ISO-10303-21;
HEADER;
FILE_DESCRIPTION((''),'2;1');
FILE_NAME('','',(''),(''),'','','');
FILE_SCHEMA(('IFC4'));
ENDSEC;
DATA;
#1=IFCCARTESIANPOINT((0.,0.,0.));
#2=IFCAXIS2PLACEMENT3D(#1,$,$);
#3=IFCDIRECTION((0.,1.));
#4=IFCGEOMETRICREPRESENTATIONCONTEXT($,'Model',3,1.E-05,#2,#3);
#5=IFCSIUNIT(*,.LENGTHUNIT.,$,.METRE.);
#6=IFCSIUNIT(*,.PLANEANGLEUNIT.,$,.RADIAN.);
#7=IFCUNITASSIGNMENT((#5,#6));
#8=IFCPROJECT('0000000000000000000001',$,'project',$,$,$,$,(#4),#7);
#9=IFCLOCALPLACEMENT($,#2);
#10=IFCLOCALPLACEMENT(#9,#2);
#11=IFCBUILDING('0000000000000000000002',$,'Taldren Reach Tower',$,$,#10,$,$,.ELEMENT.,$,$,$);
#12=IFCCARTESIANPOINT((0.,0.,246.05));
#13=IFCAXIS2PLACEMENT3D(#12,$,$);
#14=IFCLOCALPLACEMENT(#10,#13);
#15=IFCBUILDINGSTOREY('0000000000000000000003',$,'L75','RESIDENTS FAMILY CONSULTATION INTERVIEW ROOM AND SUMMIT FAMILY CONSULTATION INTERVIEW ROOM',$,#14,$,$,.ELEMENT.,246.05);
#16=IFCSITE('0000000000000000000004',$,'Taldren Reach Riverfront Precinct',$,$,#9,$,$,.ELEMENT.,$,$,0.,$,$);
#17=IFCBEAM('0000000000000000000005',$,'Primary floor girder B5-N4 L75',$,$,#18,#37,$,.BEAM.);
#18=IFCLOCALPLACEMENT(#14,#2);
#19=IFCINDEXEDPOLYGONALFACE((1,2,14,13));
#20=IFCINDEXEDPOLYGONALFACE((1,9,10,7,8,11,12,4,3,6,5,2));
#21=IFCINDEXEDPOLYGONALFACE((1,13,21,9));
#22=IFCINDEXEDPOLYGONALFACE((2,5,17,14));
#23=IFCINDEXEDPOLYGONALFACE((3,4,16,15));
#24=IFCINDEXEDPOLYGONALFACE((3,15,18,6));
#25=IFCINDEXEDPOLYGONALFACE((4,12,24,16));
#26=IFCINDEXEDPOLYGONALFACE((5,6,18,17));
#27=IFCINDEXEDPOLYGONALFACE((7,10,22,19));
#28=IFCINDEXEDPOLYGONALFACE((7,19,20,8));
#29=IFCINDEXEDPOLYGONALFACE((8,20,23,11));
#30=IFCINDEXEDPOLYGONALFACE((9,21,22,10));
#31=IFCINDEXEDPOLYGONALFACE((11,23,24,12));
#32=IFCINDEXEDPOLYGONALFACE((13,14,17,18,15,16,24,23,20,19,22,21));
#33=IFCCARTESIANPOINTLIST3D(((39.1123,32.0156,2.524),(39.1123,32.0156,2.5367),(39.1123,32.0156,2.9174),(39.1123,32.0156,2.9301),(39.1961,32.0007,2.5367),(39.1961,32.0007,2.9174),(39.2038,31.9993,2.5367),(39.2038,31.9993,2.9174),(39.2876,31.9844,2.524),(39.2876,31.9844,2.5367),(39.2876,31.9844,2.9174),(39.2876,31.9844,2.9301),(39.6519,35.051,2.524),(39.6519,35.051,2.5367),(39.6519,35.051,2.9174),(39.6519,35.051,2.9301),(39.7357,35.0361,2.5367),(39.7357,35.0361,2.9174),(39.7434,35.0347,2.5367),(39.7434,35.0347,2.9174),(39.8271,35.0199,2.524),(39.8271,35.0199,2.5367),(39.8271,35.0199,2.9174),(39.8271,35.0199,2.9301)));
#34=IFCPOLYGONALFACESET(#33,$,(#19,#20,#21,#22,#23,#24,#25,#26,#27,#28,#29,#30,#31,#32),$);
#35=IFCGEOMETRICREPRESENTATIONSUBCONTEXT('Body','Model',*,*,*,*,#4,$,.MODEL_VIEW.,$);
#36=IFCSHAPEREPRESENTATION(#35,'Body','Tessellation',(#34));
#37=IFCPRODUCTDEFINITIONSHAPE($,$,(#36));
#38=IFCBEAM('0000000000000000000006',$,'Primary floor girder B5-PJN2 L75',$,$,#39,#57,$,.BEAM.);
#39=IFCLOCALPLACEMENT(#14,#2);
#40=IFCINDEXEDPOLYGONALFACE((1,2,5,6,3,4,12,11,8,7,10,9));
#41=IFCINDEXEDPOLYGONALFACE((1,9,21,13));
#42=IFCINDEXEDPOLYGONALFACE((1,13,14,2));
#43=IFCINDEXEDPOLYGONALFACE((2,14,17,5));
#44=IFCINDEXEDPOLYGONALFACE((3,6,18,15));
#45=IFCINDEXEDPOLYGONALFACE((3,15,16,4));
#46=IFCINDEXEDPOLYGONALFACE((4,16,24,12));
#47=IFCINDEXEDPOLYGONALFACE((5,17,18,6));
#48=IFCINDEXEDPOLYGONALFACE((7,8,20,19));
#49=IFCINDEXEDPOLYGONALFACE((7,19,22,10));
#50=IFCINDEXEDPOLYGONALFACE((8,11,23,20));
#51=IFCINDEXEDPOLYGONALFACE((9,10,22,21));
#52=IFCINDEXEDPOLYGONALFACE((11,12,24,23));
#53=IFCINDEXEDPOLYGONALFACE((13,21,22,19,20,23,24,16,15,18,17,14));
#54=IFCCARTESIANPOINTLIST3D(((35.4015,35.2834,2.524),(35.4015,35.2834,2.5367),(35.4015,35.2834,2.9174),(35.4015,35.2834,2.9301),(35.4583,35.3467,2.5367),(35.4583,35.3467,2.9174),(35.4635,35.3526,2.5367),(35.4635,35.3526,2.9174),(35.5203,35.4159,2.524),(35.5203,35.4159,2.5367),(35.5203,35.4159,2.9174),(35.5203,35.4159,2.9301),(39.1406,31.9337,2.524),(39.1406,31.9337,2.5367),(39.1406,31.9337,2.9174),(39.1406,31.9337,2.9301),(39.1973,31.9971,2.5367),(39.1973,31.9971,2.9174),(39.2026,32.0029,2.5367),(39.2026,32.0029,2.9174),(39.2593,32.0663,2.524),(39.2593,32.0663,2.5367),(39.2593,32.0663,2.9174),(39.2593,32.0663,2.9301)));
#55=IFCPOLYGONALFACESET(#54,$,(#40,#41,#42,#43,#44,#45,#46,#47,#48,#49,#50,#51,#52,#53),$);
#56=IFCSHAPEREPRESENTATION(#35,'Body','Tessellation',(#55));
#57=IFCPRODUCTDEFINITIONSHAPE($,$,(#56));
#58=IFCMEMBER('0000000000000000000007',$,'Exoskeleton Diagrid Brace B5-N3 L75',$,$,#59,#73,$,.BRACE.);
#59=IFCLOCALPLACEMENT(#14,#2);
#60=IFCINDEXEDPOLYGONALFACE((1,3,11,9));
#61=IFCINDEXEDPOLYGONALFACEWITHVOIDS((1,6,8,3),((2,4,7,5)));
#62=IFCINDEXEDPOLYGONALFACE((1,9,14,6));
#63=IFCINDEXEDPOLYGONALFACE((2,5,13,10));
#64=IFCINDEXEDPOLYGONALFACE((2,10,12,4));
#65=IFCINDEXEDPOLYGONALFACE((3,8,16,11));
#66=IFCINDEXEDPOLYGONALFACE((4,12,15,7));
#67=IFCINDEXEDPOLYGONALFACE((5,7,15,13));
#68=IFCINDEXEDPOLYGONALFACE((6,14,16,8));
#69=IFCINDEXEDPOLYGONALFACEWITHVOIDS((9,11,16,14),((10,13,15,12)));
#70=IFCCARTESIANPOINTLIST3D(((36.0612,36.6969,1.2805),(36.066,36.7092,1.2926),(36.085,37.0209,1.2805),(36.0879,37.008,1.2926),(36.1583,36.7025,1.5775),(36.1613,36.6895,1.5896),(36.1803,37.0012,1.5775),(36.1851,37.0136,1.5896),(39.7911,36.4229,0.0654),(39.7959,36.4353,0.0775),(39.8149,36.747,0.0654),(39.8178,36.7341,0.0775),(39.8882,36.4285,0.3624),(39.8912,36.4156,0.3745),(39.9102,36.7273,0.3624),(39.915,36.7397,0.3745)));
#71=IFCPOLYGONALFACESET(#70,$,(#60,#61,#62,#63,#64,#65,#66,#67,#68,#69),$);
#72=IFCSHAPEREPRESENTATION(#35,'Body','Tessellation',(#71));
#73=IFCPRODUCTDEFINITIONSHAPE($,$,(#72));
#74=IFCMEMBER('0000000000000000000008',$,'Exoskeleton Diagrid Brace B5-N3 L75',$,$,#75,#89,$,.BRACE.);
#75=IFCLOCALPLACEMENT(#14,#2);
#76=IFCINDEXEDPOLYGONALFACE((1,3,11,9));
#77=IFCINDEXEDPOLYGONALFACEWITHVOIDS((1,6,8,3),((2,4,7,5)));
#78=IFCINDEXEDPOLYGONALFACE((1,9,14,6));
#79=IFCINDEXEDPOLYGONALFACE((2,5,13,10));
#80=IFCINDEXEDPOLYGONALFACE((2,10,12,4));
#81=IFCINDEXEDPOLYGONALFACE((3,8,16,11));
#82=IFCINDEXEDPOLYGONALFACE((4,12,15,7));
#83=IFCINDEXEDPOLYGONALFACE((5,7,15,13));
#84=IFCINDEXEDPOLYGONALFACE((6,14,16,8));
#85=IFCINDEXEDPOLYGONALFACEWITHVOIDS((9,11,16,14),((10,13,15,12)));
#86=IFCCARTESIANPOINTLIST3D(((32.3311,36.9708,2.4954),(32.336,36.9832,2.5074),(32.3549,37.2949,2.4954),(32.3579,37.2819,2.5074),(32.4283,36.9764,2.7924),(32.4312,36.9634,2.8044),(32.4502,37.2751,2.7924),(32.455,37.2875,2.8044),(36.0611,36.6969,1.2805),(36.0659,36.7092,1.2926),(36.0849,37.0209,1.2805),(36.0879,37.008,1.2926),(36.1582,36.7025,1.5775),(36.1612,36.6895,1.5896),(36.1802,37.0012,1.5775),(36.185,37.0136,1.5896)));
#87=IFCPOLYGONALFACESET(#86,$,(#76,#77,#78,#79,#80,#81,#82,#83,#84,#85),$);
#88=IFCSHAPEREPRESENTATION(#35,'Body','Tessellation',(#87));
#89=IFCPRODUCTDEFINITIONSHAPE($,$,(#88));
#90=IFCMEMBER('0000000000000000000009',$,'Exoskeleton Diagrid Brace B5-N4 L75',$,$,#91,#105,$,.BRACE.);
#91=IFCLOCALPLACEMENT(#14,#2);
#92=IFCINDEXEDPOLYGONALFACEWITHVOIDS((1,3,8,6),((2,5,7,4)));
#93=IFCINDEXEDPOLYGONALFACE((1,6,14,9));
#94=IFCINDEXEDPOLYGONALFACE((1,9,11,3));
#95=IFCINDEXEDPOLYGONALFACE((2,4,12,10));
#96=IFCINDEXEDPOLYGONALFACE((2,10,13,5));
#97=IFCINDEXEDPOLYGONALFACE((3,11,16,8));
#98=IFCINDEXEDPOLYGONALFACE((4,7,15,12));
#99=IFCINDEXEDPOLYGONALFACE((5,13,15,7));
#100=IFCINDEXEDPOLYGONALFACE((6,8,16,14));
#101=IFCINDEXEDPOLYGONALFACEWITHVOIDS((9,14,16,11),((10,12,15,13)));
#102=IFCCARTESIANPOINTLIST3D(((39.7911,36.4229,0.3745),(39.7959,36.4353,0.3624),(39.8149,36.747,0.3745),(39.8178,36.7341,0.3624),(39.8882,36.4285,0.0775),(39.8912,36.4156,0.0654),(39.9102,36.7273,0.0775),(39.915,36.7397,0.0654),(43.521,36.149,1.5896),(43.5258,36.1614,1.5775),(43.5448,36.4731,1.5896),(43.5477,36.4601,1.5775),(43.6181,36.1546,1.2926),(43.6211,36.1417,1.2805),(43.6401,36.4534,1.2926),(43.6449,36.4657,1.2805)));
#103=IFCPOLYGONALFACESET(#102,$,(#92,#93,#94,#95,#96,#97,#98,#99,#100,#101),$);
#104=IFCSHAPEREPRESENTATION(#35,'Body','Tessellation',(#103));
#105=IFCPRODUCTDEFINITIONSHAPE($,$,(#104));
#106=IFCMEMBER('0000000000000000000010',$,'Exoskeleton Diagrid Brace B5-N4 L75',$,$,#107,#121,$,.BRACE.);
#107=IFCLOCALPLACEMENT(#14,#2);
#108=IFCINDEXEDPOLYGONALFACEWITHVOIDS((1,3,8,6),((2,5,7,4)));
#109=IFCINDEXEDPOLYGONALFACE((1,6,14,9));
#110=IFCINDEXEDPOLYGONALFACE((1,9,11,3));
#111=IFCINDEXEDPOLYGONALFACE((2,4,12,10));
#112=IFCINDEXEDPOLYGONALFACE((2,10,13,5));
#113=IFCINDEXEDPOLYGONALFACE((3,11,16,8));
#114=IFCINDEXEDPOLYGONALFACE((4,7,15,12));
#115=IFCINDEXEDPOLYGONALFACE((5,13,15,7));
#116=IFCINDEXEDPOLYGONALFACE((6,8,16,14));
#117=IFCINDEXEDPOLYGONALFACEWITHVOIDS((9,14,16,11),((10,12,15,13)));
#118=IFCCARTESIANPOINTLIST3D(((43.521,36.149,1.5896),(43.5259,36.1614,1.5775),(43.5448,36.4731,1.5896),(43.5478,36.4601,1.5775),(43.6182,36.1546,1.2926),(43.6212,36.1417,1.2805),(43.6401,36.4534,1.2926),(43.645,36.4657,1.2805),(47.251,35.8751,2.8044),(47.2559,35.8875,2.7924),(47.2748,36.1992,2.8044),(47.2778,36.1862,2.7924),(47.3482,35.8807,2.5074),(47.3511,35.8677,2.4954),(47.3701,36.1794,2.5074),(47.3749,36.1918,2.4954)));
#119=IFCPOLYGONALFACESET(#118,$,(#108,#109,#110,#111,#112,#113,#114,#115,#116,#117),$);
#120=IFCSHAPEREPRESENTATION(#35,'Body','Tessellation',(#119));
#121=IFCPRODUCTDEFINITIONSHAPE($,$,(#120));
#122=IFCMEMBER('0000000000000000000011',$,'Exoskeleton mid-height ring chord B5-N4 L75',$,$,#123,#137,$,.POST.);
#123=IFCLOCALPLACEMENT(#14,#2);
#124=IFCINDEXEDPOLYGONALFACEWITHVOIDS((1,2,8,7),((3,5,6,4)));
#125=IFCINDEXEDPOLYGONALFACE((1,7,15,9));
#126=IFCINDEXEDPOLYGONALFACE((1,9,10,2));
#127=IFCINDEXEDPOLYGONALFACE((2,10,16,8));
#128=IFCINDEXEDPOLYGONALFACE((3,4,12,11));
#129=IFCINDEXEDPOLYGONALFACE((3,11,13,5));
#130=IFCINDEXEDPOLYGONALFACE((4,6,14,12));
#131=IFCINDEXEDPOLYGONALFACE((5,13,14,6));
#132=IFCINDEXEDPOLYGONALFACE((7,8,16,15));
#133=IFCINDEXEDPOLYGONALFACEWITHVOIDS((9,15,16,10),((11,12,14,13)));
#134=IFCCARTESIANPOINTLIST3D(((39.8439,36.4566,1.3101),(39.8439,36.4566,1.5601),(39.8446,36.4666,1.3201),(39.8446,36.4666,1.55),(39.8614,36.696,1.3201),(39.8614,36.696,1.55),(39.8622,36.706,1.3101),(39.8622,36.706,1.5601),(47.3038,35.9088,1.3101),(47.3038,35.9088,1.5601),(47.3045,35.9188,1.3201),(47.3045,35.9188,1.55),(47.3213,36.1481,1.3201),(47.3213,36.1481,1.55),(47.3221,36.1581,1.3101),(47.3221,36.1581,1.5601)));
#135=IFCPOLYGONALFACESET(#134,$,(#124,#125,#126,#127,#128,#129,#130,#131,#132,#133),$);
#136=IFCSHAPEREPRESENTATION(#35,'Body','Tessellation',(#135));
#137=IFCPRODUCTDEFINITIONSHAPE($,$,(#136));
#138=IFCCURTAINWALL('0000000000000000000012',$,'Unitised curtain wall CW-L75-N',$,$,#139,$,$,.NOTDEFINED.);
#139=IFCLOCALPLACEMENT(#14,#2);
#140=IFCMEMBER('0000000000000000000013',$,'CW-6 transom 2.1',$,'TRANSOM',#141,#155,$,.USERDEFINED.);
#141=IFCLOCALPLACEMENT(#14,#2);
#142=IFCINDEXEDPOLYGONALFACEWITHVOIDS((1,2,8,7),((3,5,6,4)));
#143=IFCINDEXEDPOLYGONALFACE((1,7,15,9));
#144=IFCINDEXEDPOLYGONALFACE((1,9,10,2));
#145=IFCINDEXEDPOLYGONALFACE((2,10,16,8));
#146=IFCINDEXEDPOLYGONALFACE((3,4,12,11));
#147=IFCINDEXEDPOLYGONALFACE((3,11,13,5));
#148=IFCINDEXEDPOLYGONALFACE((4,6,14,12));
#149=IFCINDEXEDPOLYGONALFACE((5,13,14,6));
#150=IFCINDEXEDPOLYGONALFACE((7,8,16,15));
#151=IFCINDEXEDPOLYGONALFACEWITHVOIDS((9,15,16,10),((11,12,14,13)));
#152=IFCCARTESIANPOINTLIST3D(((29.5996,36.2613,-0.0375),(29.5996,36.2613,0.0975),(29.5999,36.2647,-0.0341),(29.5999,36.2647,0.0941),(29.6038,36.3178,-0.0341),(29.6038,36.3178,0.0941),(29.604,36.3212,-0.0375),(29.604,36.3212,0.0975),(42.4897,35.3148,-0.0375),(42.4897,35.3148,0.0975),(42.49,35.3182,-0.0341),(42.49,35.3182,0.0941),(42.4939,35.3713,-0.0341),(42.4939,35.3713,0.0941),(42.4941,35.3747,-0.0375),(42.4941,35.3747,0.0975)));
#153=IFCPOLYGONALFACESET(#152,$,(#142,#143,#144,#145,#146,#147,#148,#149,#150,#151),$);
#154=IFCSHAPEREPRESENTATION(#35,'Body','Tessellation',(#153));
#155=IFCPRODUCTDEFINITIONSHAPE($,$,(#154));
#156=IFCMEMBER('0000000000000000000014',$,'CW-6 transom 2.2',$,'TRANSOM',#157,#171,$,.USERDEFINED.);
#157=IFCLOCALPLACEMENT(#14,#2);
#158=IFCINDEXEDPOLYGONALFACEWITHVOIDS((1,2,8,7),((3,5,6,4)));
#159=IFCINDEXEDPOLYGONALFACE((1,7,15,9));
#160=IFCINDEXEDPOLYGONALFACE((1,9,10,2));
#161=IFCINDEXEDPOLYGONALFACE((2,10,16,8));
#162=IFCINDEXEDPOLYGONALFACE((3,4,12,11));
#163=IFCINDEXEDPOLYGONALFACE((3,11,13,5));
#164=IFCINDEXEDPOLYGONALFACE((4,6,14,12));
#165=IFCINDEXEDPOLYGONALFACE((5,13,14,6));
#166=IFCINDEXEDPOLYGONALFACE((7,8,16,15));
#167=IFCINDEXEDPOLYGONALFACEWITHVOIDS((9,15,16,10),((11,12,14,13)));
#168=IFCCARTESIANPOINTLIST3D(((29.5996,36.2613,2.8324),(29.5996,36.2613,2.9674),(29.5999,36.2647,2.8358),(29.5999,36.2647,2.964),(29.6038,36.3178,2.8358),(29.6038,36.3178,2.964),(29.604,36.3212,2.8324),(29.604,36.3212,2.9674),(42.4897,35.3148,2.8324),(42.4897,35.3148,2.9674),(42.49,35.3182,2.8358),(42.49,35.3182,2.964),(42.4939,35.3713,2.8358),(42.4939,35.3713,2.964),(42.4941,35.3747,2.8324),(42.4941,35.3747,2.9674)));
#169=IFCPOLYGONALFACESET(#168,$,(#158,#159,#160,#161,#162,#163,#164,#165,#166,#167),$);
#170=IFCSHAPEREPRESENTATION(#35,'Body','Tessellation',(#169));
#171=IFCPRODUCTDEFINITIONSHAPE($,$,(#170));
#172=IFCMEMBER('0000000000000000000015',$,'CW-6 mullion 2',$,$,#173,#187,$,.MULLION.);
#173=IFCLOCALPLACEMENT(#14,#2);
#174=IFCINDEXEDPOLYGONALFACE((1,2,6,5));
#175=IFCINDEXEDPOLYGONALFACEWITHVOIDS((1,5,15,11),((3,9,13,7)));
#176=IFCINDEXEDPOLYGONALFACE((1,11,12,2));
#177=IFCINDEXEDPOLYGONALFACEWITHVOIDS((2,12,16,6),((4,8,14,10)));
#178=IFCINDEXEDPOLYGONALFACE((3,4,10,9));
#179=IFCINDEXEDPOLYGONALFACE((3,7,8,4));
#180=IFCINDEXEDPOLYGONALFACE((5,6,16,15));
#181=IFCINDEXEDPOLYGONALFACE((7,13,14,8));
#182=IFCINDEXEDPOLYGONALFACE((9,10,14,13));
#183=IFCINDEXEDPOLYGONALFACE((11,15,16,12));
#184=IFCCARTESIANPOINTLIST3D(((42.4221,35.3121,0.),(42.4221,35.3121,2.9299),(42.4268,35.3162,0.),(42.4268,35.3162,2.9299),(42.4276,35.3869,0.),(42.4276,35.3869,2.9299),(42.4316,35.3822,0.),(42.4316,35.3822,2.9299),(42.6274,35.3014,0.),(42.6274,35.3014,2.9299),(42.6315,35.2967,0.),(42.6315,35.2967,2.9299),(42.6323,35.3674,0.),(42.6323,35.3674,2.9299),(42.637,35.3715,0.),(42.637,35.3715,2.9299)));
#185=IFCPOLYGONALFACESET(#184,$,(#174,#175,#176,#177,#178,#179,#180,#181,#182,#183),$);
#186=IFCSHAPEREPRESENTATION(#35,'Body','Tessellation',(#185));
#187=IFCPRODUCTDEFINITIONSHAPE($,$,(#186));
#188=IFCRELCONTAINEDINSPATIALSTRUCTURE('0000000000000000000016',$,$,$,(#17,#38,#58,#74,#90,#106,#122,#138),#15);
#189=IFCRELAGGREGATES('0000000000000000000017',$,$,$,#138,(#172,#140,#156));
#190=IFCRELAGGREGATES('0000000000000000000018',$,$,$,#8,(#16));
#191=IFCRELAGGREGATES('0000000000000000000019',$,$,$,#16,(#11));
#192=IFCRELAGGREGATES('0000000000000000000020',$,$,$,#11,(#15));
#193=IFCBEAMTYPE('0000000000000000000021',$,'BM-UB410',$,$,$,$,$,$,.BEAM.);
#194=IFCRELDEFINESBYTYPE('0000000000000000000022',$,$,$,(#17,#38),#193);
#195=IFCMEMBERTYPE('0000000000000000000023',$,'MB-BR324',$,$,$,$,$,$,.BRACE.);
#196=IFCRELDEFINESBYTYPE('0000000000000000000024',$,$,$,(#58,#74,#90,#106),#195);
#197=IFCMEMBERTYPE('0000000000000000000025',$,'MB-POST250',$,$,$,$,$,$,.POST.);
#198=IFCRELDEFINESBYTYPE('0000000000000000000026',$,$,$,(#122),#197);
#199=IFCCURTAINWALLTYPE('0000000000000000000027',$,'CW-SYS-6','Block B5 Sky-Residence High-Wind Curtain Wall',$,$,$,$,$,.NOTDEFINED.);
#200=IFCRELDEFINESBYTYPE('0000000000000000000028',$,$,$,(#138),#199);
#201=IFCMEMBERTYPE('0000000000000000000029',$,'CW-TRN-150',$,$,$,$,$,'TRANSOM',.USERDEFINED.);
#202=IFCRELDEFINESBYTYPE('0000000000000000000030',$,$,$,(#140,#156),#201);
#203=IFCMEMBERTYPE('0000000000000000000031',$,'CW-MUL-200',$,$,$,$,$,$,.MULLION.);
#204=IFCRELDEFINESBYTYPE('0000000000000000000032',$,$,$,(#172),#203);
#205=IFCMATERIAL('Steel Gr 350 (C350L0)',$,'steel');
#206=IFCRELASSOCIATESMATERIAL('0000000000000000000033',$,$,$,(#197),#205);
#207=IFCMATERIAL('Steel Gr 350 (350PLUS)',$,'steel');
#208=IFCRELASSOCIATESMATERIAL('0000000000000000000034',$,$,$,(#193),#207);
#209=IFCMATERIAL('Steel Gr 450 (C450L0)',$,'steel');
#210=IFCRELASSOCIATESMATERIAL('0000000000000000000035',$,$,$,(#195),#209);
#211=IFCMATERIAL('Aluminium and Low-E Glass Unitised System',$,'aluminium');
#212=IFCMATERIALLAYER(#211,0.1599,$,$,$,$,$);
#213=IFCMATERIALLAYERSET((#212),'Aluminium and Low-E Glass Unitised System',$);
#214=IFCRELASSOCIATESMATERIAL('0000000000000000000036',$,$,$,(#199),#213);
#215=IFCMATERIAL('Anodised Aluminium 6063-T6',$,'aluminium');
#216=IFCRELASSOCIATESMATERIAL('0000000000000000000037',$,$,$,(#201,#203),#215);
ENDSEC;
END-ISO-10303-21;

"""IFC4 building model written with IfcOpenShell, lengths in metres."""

from ifc_helpers import new_model, si_unit, direction, frame, origin, origin_2d, place, context, subcontext, project, spatial, hollow_rectangle, i_section, extrude, source, transform, mapped, material, layer, layer_set, material_profile, profile_set, type_object, element, aggregate, save


model = new_model("IFC4")

# Units and contexts
model_context = context("Model", 3, precision=1e-05, world=origin(), true_north=direction((0.0, 1.0)))
body_context = subcontext(model_context, "Body", "Model", "MODEL_VIEW")
ifc_project = project(units=[si_unit("LENGTHUNIT", "METRE"), si_unit("PLANEANGLEUNIT", "RADIAN")], contexts=[model_context])

# Site, building, storey
site_placement = place(None, origin())
site = spatial("IfcSite", under=ifc_project, at=site_placement, Name="Taldren Reach Riverfront Precinct", CompositionType="ELEMENT", RefElevation=0.0)
building_placement = place(site_placement, origin())
building = spatial("IfcBuilding", under=site, at=building_placement, Name="Taldren Reach Tower", CompositionType="ELEMENT")
storey_placement = place(building_placement, frame((0.0, 0.0, 246.05)))
storey = spatial("IfcBuildingStorey", under=building, at=storey_placement, Name="L75", Description="RESIDENTS FAMILY CONSULTATION INTERVIEW ROOM AND SUMMIT FAMILY CONSULTATION INTERVIEW ROOM", CompositionType="ELEMENT", Elevation=246.05)

# Shared definitions
ifc_material_1 = material(Name="Steel Gr 350 (C350L0)", Category="steel")
ifc_material_2 = material(Name="Steel Gr 350 (350PLUS)", Category="steel")

# Shared definitions
ifc_material_profile_1 = material_profile(ifc_material_1, hollow_rectangle(XDim=0.25, YDim=0.25, WallThickness=0.01, at=origin_2d()), Name="250x250x10.0SHS")
ifc_profile_set_1 = profile_set([ifc_material_profile_1], Name="Steel Gr 350 (C350L0)")
member_type_1 = type_object("IfcMemberType", Name="MB-POST250", PredefinedType="POST", material=ifc_profile_set_1)
ifc_material_3 = material(Name="Steel Gr 450 (C450L0)", Category="steel")

# Beams
ifc_material_profile_2 = material_profile(ifc_material_2, i_section(OverallWidth=0.178, OverallDepth=0.406, WebThickness=0.0078, FlangeThickness=0.0127, at=origin_2d()), Name="410UB59.7")
ifc_profile_set_2 = profile_set([ifc_material_profile_2], Name="Steel Gr 350 (350PLUS)")
beam_type_1 = type_object("IfcBeamType", Name="BM-UB410", PredefinedType="BEAM", material=ifc_profile_set_2)
shared_shape_1 = source(origin(), body_context, "Body", "SweptSolid", [
    extrude(i_section(OverallWidth=0.178, OverallDepth=0.406, WebThickness=0.0078, FlangeThickness=0.0127, at=origin_2d()), origin(), (0.0, 0.0, 1.0), 3.083),
])
beam_1_placement = place(storey_placement, frame((39.2, 32.0, 2.7271), z_axis=(0.175009, 0.984567, 0.0), x_axis=(-0.984567, 0.175009, 0.0)))
element("IfcBeam", 1, at=beam_1_placement, inside=storey, type_object=beam_type_1, Name="Primary floor girder B5-N4 L75", PredefinedType="BEAM", context=body_context, shape_type="MappedRepresentation", body=[
    mapped(shared_shape_1, transform((0.0, 0.0, 0.0), scale=1.0)),
])
shared_shape_2 = source(origin(), body_context, "Body", "SweptSolid", [
    extrude(i_section(OverallWidth=0.178, OverallDepth=0.406, WebThickness=0.0078, FlangeThickness=0.0127, at=origin_2d()), origin(), (0.0, 0.0, 1.0), 5.02),
])
beam_2_placement = place(storey_placement, frame((39.2, 32.0, 2.7271), z_axis=(-0.744828, 0.667257, 0.0), x_axis=(-0.667257, -0.744828, 0.0)))
element("IfcBeam", 2, at=beam_2_placement, inside=storey, type_object=beam_type_1, Name="Primary floor girder B5-PJN2 L75", PredefinedType="BEAM", context=body_context, shape_type="MappedRepresentation", body=[
    mapped(shared_shape_2, transform((0.0, 0.0, 0.0), scale=1.0)),
])

# Members
ifc_material_profile_3 = material_profile(ifc_material_3, hollow_rectangle(XDim=0.325, YDim=0.325, WallThickness=0.0127, at=origin_2d()), Name="325x325x12.7SHS")
ifc_profile_set_3 = profile_set([ifc_material_profile_3], Name="Steel Gr 450 (C450L0)")
member_type_2 = type_object("IfcMemberType", Name="MB-BR324", PredefinedType="BRACE", material=ifc_profile_set_3)
shared_shape_3 = source(origin(), body_context, "Body", "SweptSolid", [
    extrude(hollow_rectangle(XDim=0.325, YDim=0.325, WallThickness=0.0127, at=origin_2d()), origin(), (0.0, 0.0, 1.0), 3.9324),
])
for number, where, z_axis, x_axis, name in (
    (3, (39.853, 36.5813, 0.22), (-0.948511, 0.069658, 0.308989), (-0.073242, -0.997314, 0.0), "Exoskeleton Diagrid Brace B5-N3 L75"),
    (4, (36.123, 36.8552, 1.4351), (-0.948529, 0.069659, 0.308933), (-0.073242, -0.997314, 0.0), "Exoskeleton Diagrid Brace B5-N3 L75"),
    (5, (39.853, 36.5813, 0.22), (0.948511, -0.069658, 0.308989), (0.073242, 0.997314, 0.0), "Exoskeleton Diagrid Brace B5-N4 L75"),
    (6, (43.583, 36.3074, 1.4351), (0.948529, -0.069659, 0.308933), (0.073242, 0.997314, 0.0), "Exoskeleton Diagrid Brace B5-N4 L75"),
):
    element("IfcMember", number, at=place(storey_placement, frame(where, z_axis=z_axis, x_axis=x_axis)), inside=storey, type_object=member_type_2, Name=name, PredefinedType="BRACE", context=body_context, shape_type="MappedRepresentation", body=[
        mapped(shared_shape_3, transform((0.0, 0.0, 0.0), scale=1.0)),
    ])
shared_shape_4 = source(origin(), body_context, "Body", "SweptSolid", [
    extrude(hollow_rectangle(XDim=0.25, YDim=0.25, WallThickness=0.01, at=origin_2d()), origin(), (0.0, 0.0, 1.0), 7.48),
])
member_1_placement = place(storey_placement, frame((39.853, 36.5813, 1.4351), z_axis=(0.997314, -0.073242, 0.0), x_axis=(0.073242, 0.997314, 0.0)))
element("IfcMember", 7, at=member_1_placement, inside=storey, type_object=member_type_1, Name="Exoskeleton mid-height ring chord B5-N4 L75", PredefinedType="POST", context=body_context, shape_type="MappedRepresentation", body=[
    mapped(shared_shape_4, transform((0.0, 0.0, 0.0), scale=1.0)),
])

# Curtain wall, members
ifc_material_4 = material(Name="Aluminium and Low-E Glass Unitised System", Category="aluminium")
ifc_layer_1 = layer(ifc_material_4, 0.1599)
ifc_layer_set_1 = layer_set([ifc_layer_1], Name="Aluminium and Low-E Glass Unitised System")
curtain_wall_type = type_object("IfcCurtainWallType", Name="CW-SYS-6", Description="Block B5 Sky-Residence High-Wind Curtain Wall", PredefinedType="NOTDEFINED", material=ifc_layer_set_1)
curtain_wall_placement = place(storey_placement, origin())
curtain_wall = element("IfcCurtainWall", 8, at=curtain_wall_placement, inside=storey, type_object=curtain_wall_type, Name="Unitised curtain wall CW-L75-N", PredefinedType="NOTDEFINED")
ifc_material_5 = material(Name="Anodised Aluminium 6063-T6", Category="aluminium")
ifc_material_profile_4 = material_profile(ifc_material_5, hollow_rectangle(XDim=0.0601, YDim=0.135, WallThickness=0.0034, at=origin_2d()), Name="ALU-135x60x3.5RHS")
ifc_profile_set_4 = profile_set([ifc_material_profile_4], Name="Anodised Aluminium 6063-T6")
member_type_3 = type_object("IfcMemberType", Name="CW-TRN-150", ElementType="TRANSOM", PredefinedType="USERDEFINED", material=ifc_profile_set_4)
shared_shape_5 = source(origin(), body_context, "Body", "SweptSolid", [
    extrude(hollow_rectangle(XDim=0.0601, YDim=0.135, WallThickness=0.0034, at=origin_2d()), origin(), (0.0, 0.0, 1.0), 12.9248),
])
member_2_placement = place(storey_placement, frame((42.4919, 35.3447, 0.03), z_axis=(-0.997315, 0.073234, 0.0), x_axis=(-0.073234, -0.997315, 0.0)))
member_2 = element("IfcMember", 9, at=member_2_placement, type_object=member_type_3, Name="CW-6 transom 2.1", ObjectType="TRANSOM", PredefinedType="USERDEFINED", context=body_context, shape_type="MappedRepresentation", body=[
    mapped(shared_shape_5, transform((0.0, 0.0, 0.0), scale=1.0)),
])
member_3_placement = place(storey_placement, frame((42.4919, 35.3447, 2.8999), z_axis=(-0.997315, 0.073234, 0.0), x_axis=(-0.073234, -0.997315, 0.0)))
member_3 = element("IfcMember", 10, at=member_3_placement, type_object=member_type_3, Name="CW-6 transom 2.2", ObjectType="TRANSOM", PredefinedType="USERDEFINED", context=body_context, shape_type="MappedRepresentation", body=[
    mapped(shared_shape_5, transform((0.0, 0.0, 0.0), scale=1.0)),
])
ifc_material_profile_5 = material_profile(ifc_material_5, hollow_rectangle(XDim=0.075, YDim=0.21, WallThickness=0.0044, at=origin_2d()), Name="ALU-210x75x4.5RHS")
ifc_profile_set_5 = profile_set([ifc_material_profile_5], Name="Anodised Aluminium 6063-T6")
member_type_4 = type_object("IfcMemberType", Name="CW-MUL-200", PredefinedType="MULLION", material=ifc_profile_set_5)
shared_shape_6 = source(origin(), body_context, "Body", "SweptSolid", [
    extrude(hollow_rectangle(XDim=0.075, YDim=0.21, WallThickness=0.0044, at=origin_2d()), origin(), (0.0, 0.0, 1.0), 2.9299),
])
member_4_placement = place(storey_placement, frame((42.5295, 35.3418, 0.0), z_axis=(0.0, 0.0, 1.0), x_axis=(-0.073238, -0.997314, 0.0)))
member_4 = element("IfcMember", 11, at=member_4_placement, type_object=member_type_4, Name="CW-6 mullion 2", PredefinedType="MULLION", context=body_context, shape_type="MappedRepresentation", body=[
    mapped(shared_shape_6, transform((0.0, 0.0, 0.0), scale=1.0)),
])

aggregate(curtain_wall, [member_4, member_2, member_3])

save(model, "model.ifc")
